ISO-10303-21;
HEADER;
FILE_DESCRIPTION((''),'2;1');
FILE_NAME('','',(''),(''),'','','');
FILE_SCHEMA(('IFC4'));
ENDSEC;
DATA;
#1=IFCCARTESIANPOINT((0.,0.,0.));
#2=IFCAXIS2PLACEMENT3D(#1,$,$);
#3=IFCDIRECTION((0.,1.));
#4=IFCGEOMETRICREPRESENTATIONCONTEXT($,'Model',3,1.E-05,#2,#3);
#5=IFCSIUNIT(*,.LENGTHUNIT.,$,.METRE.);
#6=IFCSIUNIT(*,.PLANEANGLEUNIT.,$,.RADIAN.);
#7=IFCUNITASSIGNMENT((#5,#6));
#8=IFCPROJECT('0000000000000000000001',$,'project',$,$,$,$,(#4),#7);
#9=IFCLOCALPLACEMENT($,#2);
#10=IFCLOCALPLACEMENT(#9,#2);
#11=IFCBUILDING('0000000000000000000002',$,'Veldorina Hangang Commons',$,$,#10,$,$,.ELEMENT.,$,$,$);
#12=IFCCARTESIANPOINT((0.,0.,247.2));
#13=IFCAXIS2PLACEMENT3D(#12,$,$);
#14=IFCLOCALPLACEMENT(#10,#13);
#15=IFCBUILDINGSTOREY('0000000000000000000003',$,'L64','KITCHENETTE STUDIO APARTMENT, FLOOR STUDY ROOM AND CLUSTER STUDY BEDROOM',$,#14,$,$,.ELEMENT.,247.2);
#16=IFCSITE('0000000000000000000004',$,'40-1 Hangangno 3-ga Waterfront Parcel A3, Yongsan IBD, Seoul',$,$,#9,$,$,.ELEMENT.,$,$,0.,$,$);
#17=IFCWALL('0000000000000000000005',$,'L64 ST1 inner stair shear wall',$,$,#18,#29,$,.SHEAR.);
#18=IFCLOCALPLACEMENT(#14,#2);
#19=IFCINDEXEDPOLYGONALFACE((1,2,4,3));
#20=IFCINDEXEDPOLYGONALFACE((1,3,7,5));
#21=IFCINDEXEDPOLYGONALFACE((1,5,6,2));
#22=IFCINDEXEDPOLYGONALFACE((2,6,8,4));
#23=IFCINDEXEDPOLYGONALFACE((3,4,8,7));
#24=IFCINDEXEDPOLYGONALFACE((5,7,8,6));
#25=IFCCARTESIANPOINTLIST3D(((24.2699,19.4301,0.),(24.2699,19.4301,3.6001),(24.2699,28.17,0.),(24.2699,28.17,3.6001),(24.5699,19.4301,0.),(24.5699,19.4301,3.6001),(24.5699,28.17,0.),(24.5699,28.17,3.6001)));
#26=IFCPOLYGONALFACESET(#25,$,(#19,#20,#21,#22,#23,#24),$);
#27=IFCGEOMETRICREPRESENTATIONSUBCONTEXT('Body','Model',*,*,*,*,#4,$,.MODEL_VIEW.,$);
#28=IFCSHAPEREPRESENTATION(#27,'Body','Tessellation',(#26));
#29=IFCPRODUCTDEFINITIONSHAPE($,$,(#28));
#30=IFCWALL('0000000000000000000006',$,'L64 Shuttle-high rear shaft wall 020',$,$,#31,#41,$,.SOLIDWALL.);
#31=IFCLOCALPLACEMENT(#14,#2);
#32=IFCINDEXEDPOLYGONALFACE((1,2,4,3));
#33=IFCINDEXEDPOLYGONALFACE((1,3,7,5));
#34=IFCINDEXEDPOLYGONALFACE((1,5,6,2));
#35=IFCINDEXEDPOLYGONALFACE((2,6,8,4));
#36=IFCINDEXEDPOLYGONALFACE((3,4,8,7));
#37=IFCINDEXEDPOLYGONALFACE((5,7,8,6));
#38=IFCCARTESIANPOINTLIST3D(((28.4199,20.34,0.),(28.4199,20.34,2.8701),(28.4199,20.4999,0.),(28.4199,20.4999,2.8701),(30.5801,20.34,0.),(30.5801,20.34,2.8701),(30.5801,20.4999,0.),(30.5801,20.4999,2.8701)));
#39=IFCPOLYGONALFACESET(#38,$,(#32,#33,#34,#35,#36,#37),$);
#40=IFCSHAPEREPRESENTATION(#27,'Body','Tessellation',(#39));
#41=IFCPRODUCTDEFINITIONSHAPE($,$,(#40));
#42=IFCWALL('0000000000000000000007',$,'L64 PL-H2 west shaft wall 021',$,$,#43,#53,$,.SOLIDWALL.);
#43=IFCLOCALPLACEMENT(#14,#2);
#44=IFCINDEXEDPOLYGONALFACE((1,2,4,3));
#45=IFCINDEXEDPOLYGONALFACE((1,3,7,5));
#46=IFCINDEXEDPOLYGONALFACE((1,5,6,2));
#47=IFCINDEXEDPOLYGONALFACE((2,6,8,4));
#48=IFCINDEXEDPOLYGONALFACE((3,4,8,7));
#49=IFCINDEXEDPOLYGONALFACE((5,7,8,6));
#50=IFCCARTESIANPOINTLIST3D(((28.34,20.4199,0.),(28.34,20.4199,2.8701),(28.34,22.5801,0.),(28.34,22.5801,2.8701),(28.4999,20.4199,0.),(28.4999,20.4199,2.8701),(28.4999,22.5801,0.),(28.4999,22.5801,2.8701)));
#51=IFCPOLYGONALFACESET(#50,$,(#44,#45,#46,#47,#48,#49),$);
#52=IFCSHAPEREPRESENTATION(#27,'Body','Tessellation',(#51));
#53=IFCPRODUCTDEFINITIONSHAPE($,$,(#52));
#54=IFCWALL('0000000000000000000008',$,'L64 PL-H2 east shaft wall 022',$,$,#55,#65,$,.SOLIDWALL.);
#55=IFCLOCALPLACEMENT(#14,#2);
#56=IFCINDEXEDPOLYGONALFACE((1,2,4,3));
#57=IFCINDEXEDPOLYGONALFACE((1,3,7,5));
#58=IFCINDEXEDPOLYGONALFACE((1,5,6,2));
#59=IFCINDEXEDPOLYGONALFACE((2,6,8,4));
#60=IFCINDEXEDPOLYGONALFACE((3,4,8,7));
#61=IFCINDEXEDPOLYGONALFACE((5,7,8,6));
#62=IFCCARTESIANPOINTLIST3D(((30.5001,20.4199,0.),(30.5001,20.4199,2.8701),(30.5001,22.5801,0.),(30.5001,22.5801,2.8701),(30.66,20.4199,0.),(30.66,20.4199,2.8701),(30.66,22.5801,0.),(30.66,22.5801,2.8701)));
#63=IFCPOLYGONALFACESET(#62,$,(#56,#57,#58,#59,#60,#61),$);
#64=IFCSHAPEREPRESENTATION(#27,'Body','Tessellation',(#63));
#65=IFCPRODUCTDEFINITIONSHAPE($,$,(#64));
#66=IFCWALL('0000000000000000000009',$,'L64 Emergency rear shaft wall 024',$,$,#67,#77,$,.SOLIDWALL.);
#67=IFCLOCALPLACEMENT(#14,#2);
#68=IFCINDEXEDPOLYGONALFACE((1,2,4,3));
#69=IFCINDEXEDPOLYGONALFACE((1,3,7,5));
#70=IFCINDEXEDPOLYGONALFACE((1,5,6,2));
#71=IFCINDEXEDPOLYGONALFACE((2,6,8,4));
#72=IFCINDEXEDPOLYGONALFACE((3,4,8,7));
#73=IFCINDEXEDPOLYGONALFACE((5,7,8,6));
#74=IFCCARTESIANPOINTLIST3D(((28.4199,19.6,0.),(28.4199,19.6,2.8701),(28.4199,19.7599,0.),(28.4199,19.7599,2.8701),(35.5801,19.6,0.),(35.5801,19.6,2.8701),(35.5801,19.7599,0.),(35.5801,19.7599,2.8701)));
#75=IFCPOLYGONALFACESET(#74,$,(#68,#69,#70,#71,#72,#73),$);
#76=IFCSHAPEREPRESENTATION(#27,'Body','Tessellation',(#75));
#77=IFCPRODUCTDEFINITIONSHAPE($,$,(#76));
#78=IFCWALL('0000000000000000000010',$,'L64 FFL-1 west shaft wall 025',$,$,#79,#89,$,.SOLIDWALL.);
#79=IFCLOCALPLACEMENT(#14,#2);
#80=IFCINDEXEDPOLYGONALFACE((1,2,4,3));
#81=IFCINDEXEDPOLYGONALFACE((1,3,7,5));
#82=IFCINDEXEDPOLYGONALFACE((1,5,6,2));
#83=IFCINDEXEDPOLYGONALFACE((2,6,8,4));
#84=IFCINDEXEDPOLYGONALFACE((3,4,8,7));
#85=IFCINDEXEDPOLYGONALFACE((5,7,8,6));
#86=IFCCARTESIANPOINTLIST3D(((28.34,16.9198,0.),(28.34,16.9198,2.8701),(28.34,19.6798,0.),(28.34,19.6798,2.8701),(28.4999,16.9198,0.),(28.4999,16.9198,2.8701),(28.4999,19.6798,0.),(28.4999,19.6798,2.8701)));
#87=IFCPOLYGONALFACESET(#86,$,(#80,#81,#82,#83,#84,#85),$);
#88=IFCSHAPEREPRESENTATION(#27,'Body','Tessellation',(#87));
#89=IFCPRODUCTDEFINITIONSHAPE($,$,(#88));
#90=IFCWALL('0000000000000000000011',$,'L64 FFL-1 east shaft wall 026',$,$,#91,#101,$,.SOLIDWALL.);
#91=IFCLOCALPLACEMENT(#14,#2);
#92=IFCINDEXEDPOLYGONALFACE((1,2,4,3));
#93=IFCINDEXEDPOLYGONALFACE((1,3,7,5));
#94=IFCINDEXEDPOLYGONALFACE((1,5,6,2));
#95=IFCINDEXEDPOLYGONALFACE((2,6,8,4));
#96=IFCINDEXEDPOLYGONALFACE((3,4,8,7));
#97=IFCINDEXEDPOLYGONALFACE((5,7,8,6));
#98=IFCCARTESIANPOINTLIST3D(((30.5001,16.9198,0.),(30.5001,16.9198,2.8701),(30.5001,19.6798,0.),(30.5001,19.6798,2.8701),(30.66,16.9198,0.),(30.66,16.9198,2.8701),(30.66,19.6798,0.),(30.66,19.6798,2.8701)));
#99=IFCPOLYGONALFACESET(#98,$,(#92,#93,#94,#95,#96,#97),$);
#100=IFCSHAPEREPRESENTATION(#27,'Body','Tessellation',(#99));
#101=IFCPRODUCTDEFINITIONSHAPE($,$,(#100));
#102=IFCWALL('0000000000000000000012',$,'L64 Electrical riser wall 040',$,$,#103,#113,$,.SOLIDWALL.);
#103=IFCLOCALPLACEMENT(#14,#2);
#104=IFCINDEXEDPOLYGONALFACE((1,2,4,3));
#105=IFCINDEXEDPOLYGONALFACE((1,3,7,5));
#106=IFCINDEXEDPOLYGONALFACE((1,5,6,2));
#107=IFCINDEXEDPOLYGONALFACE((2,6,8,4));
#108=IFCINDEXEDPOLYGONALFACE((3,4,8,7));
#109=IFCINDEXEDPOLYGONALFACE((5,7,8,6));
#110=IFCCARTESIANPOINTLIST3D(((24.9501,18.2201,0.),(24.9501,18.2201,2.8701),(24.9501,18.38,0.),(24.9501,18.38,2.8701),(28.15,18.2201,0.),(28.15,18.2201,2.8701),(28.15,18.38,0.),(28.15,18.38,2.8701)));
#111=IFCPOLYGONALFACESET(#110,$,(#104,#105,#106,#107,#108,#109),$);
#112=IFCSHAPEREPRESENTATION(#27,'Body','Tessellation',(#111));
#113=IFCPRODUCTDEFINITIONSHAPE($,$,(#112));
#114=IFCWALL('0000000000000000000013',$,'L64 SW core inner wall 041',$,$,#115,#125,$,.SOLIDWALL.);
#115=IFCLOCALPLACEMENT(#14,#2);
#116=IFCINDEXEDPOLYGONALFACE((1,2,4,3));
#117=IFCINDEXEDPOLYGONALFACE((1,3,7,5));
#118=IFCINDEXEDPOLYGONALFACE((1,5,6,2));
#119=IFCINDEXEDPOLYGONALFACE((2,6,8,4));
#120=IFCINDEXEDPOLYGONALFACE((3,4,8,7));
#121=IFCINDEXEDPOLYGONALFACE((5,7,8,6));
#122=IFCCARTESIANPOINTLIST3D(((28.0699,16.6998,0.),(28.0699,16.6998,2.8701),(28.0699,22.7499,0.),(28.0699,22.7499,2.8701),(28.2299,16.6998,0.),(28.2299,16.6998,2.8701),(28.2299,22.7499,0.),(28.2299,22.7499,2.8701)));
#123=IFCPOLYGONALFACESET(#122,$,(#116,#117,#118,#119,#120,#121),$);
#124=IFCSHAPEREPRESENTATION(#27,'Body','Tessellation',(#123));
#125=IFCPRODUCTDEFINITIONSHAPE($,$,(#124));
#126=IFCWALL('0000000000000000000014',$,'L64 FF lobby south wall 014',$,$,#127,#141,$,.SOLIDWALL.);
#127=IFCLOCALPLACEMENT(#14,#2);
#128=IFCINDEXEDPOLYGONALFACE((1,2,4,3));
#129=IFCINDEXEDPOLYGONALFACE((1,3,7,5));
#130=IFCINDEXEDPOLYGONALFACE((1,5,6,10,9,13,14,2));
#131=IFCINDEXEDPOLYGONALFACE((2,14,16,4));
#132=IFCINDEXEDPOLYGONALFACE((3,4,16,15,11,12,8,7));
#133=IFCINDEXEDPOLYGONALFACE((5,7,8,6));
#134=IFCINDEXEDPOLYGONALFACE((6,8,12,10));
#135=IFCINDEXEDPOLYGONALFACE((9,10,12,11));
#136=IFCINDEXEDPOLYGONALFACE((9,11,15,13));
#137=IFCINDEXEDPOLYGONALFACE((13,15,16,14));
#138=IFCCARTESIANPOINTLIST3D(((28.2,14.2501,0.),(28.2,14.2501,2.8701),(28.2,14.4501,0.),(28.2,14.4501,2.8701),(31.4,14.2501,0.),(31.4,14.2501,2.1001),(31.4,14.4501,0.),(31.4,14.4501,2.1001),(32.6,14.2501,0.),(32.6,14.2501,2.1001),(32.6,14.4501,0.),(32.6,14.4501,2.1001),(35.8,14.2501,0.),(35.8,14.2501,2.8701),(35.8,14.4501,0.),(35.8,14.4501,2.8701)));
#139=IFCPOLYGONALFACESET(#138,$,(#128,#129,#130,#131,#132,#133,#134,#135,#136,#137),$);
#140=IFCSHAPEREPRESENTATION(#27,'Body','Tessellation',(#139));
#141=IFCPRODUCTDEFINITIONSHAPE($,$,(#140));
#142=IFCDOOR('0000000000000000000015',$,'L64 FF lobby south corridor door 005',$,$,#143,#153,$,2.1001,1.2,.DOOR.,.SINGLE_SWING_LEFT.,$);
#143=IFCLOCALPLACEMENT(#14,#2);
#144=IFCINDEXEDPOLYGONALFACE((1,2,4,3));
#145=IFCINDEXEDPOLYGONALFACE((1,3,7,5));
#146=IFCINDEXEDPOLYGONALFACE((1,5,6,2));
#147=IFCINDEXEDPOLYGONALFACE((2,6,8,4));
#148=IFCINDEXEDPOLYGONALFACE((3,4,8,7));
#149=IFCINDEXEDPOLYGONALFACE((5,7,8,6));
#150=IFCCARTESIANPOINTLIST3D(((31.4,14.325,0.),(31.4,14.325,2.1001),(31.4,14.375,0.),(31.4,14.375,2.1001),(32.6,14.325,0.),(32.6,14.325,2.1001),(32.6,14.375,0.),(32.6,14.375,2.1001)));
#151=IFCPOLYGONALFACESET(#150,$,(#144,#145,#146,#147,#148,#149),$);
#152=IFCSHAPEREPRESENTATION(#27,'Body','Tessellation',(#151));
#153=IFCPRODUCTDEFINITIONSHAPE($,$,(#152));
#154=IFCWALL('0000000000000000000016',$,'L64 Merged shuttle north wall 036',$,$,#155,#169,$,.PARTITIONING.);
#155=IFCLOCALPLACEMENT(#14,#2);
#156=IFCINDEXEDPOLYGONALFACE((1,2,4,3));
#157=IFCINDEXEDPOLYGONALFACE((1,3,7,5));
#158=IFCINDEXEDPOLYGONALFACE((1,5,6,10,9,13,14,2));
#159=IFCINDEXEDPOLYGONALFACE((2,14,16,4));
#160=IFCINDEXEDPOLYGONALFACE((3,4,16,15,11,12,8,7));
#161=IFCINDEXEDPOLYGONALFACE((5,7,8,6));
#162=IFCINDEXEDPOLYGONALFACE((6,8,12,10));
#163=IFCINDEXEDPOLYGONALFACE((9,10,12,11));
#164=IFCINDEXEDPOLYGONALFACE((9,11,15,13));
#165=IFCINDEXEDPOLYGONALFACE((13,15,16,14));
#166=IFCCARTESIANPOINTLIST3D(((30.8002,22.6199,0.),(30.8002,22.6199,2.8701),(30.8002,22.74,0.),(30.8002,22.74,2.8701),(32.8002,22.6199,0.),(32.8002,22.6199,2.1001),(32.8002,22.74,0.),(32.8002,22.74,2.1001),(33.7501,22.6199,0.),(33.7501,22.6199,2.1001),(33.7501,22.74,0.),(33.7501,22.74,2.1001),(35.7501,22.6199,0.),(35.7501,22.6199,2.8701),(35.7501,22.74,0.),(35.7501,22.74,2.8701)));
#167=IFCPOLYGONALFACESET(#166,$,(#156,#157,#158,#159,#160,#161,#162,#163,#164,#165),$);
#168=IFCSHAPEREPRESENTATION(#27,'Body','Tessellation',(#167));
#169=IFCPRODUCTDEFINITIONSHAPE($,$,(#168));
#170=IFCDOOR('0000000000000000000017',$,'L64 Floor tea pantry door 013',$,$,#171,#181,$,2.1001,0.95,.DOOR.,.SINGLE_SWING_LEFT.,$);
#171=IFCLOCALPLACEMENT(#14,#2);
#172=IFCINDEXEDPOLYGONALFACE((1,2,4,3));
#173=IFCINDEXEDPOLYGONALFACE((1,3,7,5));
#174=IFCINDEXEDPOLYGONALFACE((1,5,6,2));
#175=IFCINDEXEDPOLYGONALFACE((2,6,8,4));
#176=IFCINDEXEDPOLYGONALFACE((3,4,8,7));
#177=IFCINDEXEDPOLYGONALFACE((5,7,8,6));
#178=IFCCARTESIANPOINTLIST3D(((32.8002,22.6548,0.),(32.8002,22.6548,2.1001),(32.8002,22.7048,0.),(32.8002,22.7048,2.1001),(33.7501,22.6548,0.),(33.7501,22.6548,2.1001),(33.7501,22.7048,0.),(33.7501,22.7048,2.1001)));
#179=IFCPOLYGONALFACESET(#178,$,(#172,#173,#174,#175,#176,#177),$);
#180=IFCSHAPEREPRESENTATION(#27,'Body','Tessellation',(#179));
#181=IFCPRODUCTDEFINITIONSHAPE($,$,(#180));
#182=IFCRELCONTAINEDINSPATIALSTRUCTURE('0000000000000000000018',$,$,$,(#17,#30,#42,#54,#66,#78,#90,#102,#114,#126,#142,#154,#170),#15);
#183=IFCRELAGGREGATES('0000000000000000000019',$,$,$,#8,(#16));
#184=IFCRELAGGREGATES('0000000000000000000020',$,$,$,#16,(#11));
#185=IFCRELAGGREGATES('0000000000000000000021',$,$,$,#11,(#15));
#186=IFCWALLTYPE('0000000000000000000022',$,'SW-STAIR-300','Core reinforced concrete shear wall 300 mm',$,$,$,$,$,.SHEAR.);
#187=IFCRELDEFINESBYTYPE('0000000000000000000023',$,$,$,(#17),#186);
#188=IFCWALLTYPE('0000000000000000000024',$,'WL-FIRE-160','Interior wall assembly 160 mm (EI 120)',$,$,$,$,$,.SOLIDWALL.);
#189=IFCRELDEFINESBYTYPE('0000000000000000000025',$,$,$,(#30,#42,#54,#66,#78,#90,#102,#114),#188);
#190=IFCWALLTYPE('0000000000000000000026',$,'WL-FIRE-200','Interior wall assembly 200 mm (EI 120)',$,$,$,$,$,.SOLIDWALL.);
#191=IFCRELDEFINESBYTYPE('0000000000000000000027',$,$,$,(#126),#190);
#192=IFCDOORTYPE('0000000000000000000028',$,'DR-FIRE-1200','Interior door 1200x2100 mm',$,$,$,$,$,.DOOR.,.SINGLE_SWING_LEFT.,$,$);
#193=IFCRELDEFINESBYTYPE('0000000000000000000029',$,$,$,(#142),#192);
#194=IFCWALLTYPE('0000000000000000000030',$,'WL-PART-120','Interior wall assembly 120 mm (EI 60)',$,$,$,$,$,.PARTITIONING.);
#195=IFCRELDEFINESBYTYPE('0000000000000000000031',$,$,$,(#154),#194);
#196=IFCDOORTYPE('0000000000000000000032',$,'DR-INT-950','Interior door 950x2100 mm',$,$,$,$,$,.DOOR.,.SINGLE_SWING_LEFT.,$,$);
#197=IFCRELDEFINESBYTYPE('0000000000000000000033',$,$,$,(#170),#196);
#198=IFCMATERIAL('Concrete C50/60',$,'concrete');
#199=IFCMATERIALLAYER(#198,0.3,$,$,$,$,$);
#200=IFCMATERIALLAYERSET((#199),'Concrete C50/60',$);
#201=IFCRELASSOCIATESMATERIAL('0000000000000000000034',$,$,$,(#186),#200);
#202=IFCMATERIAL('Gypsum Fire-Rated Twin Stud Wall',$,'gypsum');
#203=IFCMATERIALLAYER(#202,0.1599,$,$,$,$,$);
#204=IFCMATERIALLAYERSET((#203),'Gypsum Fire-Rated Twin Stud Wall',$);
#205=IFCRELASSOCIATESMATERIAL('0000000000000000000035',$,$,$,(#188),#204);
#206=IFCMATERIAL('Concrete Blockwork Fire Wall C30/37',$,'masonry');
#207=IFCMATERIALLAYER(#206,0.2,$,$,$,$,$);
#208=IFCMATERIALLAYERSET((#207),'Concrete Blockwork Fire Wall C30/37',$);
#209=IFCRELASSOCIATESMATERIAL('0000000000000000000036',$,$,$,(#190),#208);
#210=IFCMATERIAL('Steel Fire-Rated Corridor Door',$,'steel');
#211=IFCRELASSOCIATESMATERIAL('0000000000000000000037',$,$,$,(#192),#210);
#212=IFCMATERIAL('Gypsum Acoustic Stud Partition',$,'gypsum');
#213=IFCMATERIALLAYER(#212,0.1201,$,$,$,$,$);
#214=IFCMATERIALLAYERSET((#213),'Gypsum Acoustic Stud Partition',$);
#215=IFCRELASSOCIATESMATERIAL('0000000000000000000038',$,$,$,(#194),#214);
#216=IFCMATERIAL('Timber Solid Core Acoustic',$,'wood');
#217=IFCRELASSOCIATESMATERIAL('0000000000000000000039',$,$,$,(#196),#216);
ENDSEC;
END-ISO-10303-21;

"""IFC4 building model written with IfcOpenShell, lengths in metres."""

from ifc_helpers import new_model, si_unit, direction, frame, frame_2d, origin, place, context, subcontext, project, spatial, rectangle, extrude, material, layer, layer_set, type_object, element, fill, save


model = new_model("IFC4")

# Units and contexts
model_context = context("Model", 3, precision=1e-05, world=origin(), true_north=direction((0.0, 1.0)))
body_context = subcontext(model_context, "Body", "Model", "MODEL_VIEW")
ifc_project = project(units=[si_unit("LENGTHUNIT", "METRE"), si_unit("PLANEANGLEUNIT", "RADIAN")], contexts=[model_context])

# Site, building, storey
site_placement = place(None, origin())
site = spatial("IfcSite", under=ifc_project, at=site_placement, Name="40-1 Hangangno 3-ga Waterfront Parcel A3, Yongsan IBD, Seoul", CompositionType="ELEMENT", RefElevation=0.0)
building_placement = place(site_placement, origin())
building = spatial("IfcBuilding", under=site, at=building_placement, Name="Veldorina Hangang Commons", CompositionType="ELEMENT")
storey_placement = place(building_placement, frame((0.0, 0.0, 247.2)))
storey = spatial("IfcBuildingStorey", under=building, at=storey_placement, Name="L64", Description="KITCHENETTE STUDIO APARTMENT, FLOOR STUDY ROOM AND CLUSTER STUDY BEDROOM", CompositionType="ELEMENT", Elevation=247.2)

# Shared definitions
ifc_material_1 = material(Name="Concrete C50/60", Category="concrete")

# Wall
ifc_layer_1 = layer(ifc_material_1, 0.3)
ifc_layer_set_1 = layer_set([ifc_layer_1], Name="Concrete C50/60")
wall_type_1 = type_object("IfcWallType", Name="SW-STAIR-300", Description="Core reinforced concrete shear wall 300 mm", PredefinedType="SHEAR", material=ifc_layer_set_1)
wall_1_placement = place(storey_placement, frame((24.4199, 19.4299, 0.0), z_axis=(0.0, 0.0, 1.0), x_axis=(0.0, 1.0, 0.0)))
element("IfcWall", 1, at=wall_1_placement, inside=storey, type_object=wall_type_1, Name="L64 ST1 inner stair shear wall", PredefinedType="SHEAR", context=body_context, shape_type="SweptSolid", body=[
    extrude(rectangle(XDim=8.74, YDim=0.3, at=frame_2d((4.3701, 0.0))), origin(), (0.0, 0.0, 1.0), 3.6001),
])

# Shared definitions
ifc_material_2 = material(Name="Gypsum Fire-Rated Twin Stud Wall", Category="gypsum")
ifc_layer_2 = layer(ifc_material_2, 0.1599)
ifc_layer_set_2 = layer_set([ifc_layer_2], Name="Gypsum Fire-Rated Twin Stud Wall")
wall_type_2 = type_object("IfcWallType", Name="WL-FIRE-160", Description="Interior wall assembly 160 mm (EI 120)", PredefinedType="SOLIDWALL", material=ifc_layer_set_2)

# Walls
for number, where, z_axis, x_axis, name in (
    (2, (28.4199, 20.4199, 0.0), (0.0, 0.0, 1.0), (1.0, 0.0, 0.0), "L64 Shuttle-high rear shaft wall 020"),
    (3, (28.4199, 20.4199, 0.0), (0.0, 0.0, 1.0), (0.0, 1.0, 0.0), "L64 PL-H2 west shaft wall 021"),
    (4, (30.5801, 20.4199, 0.0), (0.0, 0.0, 1.0), (0.0, 1.0, 0.0), "L64 PL-H2 east shaft wall 022"),
):
    element("IfcWall", number, at=place(storey_placement, frame(where, z_axis=z_axis, x_axis=x_axis)), inside=storey, type_object=wall_type_2, Name=name, PredefinedType="SOLIDWALL", context=body_context, shape_type="SweptSolid", body=[
        extrude(rectangle(XDim=2.1602, YDim=0.1599, at=frame_2d((1.0801, 0.0))), origin(), (0.0, 0.0, 1.0), 2.8701),
    ])

# Walls
wall_2_placement = place(storey_placement, frame((28.4199, 19.6799, 0.0), z_axis=(0.0, 0.0, 1.0), x_axis=(1.0, 0.0, 0.0)))
element("IfcWall", 5, at=wall_2_placement, inside=storey, type_object=wall_type_2, Name="L64 Emergency rear shaft wall 024", PredefinedType="SOLIDWALL", context=body_context, shape_type="SweptSolid", body=[
    extrude(rectangle(XDim=7.1602, YDim=0.1599, at=frame_2d((3.5801, 0.0))), origin(), (0.0, 0.0, 1.0), 2.8701),
])
for number, where, z_axis, x_axis, name in (
    (6, (28.4199, 16.9199, 0.0), (0.0, 0.0, 1.0), (0.0, 1.0, 0.0), "L64 FFL-1 west shaft wall 025"),
    (7, (30.5801, 16.9199, 0.0), (0.0, 0.0, 1.0), (0.0, 1.0, 0.0), "L64 FFL-1 east shaft wall 026"),
):
    element("IfcWall", number, at=place(storey_placement, frame(where, z_axis=z_axis, x_axis=x_axis)), inside=storey, type_object=wall_type_2, Name=name, PredefinedType="SOLIDWALL", context=body_context, shape_type="SweptSolid", body=[
        extrude(rectangle(XDim=2.76, YDim=0.1599, at=frame_2d((1.3799, 0.0))), origin(), (0.0, 0.0, 1.0), 2.8701),
    ])
wall_3_placement = place(storey_placement, frame((24.95, 18.3, 0.0), z_axis=(0.0, 0.0, 1.0), x_axis=(1.0, 0.0, 0.0)))
element("IfcWall", 8, at=wall_3_placement, inside=storey, type_object=wall_type_2, Name="L64 Electrical riser wall 040", PredefinedType="SOLIDWALL", context=body_context, shape_type="SweptSolid", body=[
    extrude(rectangle(XDim=3.2, YDim=0.1599, at=frame_2d((1.6001, 0.0))), origin(), (0.0, 0.0, 1.0), 2.8701),
])
wall_4_placement = place(storey_placement, frame((28.1499, 16.7, 0.0), z_axis=(0.0, 0.0, 1.0), x_axis=(0.0, 1.0, 0.0)))
element("IfcWall", 9, at=wall_4_placement, inside=storey, type_object=wall_type_2, Name="L64 SW core inner wall 041", PredefinedType="SOLIDWALL", context=body_context, shape_type="SweptSolid", body=[
    extrude(rectangle(XDim=6.05, YDim=0.1599, at=frame_2d((3.0249, 0.0))), origin(), (0.0, 0.0, 1.0), 2.8701),
])

# Walls, openings, doors
ifc_material_3 = material(Name="Concrete Blockwork Fire Wall C30/37", Category="masonry")
ifc_layer_3 = layer(ifc_material_3, 0.2)
ifc_layer_set_3 = layer_set([ifc_layer_3], Name="Concrete Blockwork Fire Wall C30/37")
wall_type_3 = type_object("IfcWallType", Name="WL-FIRE-200", Description="Interior wall assembly 200 mm (EI 120)", PredefinedType="SOLIDWALL", material=ifc_layer_set_3)
wall_5_placement = place(storey_placement, frame((28.2, 14.3501, 0.0), z_axis=(0.0, 0.0, 1.0), x_axis=(1.0, 0.0, 0.0)))
wall_5 = element("IfcWall", 10, at=wall_5_placement, inside=storey, type_object=wall_type_3, Name="L64 FF lobby south wall 014", PredefinedType="SOLIDWALL", context=body_context, shape_type="SweptSolid", body=[
    extrude(rectangle(XDim=7.6001, YDim=0.2, at=frame_2d((3.8, 0.0))), origin(), (0.0, 0.0, 1.0), 2.8701),
])
opening_1_placement = place(wall_5_placement, frame((3.2, 0.0, 0.0)))
opening_1 = element("IfcOpeningElement", 11, at=opening_1_placement, cuts=wall_5, PredefinedType="OPENING", context=body_context, shape_type="SweptSolid", body=[
    extrude(rectangle(XDim=1.2, YDim=2.1001, at=frame_2d((0.6001, 1.05))), frame((0.0, 0.1099, 0.0), z_axis=(0.0, -1.0, 0.0), x_axis=(1.0, 0.0, 0.0)), (0.0, 0.0, 1.0), 0.22),
])
ifc_material_4 = material(Name="Steel Fire-Rated Corridor Door", Category="steel")
door_type_1 = type_object("IfcDoorType", Name="DR-FIRE-1200", Description="Interior door 1200x2100 mm", OperationType="SINGLE_SWING_LEFT", PredefinedType="DOOR", material=ifc_material_4)
door_1_placement = place(opening_1_placement, origin())
door_1 = element("IfcDoor", 12, at=door_1_placement, inside=storey, type_object=door_type_1, Name="L64 FF lobby south corridor door 005", OperationType="SINGLE_SWING_LEFT", OverallHeight=2.1001, OverallWidth=1.2, PredefinedType="DOOR", context=body_context, shape_type="SweptSolid", body=[
    extrude(rectangle(XDim=1.2, YDim=2.1001, at=frame_2d((0.6001, 1.05))), frame((0.0, 0.0249, 0.0), z_axis=(0.0, -1.0, 0.0), x_axis=(1.0, 0.0, 0.0)), (0.0, 0.0, 1.0), 0.05),
])
fill(opening_1, door_1)
ifc_material_5 = material(Name="Gypsum Acoustic Stud Partition", Category="gypsum")
ifc_layer_4 = layer(ifc_material_5, 0.1201)
ifc_layer_set_4 = layer_set([ifc_layer_4], Name="Gypsum Acoustic Stud Partition")
wall_type_4 = type_object("IfcWallType", Name="WL-PART-120", Description="Interior wall assembly 120 mm (EI 60)", PredefinedType="PARTITIONING", material=ifc_layer_set_4)
wall_6_placement = place(storey_placement, frame((30.8, 22.6799, 0.0), z_axis=(0.0, 0.0, 1.0), x_axis=(1.0, 0.0, 0.0)))
wall_6 = element("IfcWall", 13, at=wall_6_placement, inside=storey, type_object=wall_type_4, Name="L64 Merged shuttle north wall 036", PredefinedType="PARTITIONING", context=body_context, shape_type="SweptSolid", body=[
    extrude(rectangle(XDim=4.95, YDim=0.1201, at=frame_2d((2.4751, 0.0))), origin(), (0.0, 0.0, 1.0), 2.8701),
])
opening_2_placement = place(wall_6_placement, frame((2.0, 0.0, 0.0)))
opening_2 = element("IfcOpeningElement", 14, at=opening_2_placement, cuts=wall_6, PredefinedType="OPENING", context=body_context, shape_type="SweptSolid", body=[
    extrude(rectangle(XDim=0.95, YDim=2.1001, at=frame_2d((0.4751, 1.05))), frame((0.0, 0.0701, 0.0), z_axis=(0.0, -1.0, 0.0), x_axis=(1.0, 0.0, 0.0)), (0.0, 0.0, 1.0), 0.1401),
])
ifc_material_6 = material(Name="Timber Solid Core Acoustic", Category="wood")
door_type_2 = type_object("IfcDoorType", Name="DR-INT-950", Description="Interior door 950x2100 mm", OperationType="SINGLE_SWING_LEFT", PredefinedType="DOOR", material=ifc_material_6)
door_2_placement = place(opening_2_placement, origin())
door_2 = element("IfcDoor", 15, at=door_2_placement, inside=storey, type_object=door_type_2, Name="L64 Floor tea pantry door 013", OperationType="SINGLE_SWING_LEFT", OverallHeight=2.1001, OverallWidth=0.95, PredefinedType="DOOR", context=body_context, shape_type="SweptSolid", body=[
    extrude(rectangle(XDim=0.95, YDim=2.1001, at=frame_2d((0.4751, 1.05))), frame((0.0, 0.0249, 0.0), z_axis=(0.0, -1.0, 0.0), x_axis=(1.0, 0.0, 0.0)), (0.0, 0.0, 1.0), 0.05),
])
fill(opening_2, door_2)

save(model, "model.ifc")
